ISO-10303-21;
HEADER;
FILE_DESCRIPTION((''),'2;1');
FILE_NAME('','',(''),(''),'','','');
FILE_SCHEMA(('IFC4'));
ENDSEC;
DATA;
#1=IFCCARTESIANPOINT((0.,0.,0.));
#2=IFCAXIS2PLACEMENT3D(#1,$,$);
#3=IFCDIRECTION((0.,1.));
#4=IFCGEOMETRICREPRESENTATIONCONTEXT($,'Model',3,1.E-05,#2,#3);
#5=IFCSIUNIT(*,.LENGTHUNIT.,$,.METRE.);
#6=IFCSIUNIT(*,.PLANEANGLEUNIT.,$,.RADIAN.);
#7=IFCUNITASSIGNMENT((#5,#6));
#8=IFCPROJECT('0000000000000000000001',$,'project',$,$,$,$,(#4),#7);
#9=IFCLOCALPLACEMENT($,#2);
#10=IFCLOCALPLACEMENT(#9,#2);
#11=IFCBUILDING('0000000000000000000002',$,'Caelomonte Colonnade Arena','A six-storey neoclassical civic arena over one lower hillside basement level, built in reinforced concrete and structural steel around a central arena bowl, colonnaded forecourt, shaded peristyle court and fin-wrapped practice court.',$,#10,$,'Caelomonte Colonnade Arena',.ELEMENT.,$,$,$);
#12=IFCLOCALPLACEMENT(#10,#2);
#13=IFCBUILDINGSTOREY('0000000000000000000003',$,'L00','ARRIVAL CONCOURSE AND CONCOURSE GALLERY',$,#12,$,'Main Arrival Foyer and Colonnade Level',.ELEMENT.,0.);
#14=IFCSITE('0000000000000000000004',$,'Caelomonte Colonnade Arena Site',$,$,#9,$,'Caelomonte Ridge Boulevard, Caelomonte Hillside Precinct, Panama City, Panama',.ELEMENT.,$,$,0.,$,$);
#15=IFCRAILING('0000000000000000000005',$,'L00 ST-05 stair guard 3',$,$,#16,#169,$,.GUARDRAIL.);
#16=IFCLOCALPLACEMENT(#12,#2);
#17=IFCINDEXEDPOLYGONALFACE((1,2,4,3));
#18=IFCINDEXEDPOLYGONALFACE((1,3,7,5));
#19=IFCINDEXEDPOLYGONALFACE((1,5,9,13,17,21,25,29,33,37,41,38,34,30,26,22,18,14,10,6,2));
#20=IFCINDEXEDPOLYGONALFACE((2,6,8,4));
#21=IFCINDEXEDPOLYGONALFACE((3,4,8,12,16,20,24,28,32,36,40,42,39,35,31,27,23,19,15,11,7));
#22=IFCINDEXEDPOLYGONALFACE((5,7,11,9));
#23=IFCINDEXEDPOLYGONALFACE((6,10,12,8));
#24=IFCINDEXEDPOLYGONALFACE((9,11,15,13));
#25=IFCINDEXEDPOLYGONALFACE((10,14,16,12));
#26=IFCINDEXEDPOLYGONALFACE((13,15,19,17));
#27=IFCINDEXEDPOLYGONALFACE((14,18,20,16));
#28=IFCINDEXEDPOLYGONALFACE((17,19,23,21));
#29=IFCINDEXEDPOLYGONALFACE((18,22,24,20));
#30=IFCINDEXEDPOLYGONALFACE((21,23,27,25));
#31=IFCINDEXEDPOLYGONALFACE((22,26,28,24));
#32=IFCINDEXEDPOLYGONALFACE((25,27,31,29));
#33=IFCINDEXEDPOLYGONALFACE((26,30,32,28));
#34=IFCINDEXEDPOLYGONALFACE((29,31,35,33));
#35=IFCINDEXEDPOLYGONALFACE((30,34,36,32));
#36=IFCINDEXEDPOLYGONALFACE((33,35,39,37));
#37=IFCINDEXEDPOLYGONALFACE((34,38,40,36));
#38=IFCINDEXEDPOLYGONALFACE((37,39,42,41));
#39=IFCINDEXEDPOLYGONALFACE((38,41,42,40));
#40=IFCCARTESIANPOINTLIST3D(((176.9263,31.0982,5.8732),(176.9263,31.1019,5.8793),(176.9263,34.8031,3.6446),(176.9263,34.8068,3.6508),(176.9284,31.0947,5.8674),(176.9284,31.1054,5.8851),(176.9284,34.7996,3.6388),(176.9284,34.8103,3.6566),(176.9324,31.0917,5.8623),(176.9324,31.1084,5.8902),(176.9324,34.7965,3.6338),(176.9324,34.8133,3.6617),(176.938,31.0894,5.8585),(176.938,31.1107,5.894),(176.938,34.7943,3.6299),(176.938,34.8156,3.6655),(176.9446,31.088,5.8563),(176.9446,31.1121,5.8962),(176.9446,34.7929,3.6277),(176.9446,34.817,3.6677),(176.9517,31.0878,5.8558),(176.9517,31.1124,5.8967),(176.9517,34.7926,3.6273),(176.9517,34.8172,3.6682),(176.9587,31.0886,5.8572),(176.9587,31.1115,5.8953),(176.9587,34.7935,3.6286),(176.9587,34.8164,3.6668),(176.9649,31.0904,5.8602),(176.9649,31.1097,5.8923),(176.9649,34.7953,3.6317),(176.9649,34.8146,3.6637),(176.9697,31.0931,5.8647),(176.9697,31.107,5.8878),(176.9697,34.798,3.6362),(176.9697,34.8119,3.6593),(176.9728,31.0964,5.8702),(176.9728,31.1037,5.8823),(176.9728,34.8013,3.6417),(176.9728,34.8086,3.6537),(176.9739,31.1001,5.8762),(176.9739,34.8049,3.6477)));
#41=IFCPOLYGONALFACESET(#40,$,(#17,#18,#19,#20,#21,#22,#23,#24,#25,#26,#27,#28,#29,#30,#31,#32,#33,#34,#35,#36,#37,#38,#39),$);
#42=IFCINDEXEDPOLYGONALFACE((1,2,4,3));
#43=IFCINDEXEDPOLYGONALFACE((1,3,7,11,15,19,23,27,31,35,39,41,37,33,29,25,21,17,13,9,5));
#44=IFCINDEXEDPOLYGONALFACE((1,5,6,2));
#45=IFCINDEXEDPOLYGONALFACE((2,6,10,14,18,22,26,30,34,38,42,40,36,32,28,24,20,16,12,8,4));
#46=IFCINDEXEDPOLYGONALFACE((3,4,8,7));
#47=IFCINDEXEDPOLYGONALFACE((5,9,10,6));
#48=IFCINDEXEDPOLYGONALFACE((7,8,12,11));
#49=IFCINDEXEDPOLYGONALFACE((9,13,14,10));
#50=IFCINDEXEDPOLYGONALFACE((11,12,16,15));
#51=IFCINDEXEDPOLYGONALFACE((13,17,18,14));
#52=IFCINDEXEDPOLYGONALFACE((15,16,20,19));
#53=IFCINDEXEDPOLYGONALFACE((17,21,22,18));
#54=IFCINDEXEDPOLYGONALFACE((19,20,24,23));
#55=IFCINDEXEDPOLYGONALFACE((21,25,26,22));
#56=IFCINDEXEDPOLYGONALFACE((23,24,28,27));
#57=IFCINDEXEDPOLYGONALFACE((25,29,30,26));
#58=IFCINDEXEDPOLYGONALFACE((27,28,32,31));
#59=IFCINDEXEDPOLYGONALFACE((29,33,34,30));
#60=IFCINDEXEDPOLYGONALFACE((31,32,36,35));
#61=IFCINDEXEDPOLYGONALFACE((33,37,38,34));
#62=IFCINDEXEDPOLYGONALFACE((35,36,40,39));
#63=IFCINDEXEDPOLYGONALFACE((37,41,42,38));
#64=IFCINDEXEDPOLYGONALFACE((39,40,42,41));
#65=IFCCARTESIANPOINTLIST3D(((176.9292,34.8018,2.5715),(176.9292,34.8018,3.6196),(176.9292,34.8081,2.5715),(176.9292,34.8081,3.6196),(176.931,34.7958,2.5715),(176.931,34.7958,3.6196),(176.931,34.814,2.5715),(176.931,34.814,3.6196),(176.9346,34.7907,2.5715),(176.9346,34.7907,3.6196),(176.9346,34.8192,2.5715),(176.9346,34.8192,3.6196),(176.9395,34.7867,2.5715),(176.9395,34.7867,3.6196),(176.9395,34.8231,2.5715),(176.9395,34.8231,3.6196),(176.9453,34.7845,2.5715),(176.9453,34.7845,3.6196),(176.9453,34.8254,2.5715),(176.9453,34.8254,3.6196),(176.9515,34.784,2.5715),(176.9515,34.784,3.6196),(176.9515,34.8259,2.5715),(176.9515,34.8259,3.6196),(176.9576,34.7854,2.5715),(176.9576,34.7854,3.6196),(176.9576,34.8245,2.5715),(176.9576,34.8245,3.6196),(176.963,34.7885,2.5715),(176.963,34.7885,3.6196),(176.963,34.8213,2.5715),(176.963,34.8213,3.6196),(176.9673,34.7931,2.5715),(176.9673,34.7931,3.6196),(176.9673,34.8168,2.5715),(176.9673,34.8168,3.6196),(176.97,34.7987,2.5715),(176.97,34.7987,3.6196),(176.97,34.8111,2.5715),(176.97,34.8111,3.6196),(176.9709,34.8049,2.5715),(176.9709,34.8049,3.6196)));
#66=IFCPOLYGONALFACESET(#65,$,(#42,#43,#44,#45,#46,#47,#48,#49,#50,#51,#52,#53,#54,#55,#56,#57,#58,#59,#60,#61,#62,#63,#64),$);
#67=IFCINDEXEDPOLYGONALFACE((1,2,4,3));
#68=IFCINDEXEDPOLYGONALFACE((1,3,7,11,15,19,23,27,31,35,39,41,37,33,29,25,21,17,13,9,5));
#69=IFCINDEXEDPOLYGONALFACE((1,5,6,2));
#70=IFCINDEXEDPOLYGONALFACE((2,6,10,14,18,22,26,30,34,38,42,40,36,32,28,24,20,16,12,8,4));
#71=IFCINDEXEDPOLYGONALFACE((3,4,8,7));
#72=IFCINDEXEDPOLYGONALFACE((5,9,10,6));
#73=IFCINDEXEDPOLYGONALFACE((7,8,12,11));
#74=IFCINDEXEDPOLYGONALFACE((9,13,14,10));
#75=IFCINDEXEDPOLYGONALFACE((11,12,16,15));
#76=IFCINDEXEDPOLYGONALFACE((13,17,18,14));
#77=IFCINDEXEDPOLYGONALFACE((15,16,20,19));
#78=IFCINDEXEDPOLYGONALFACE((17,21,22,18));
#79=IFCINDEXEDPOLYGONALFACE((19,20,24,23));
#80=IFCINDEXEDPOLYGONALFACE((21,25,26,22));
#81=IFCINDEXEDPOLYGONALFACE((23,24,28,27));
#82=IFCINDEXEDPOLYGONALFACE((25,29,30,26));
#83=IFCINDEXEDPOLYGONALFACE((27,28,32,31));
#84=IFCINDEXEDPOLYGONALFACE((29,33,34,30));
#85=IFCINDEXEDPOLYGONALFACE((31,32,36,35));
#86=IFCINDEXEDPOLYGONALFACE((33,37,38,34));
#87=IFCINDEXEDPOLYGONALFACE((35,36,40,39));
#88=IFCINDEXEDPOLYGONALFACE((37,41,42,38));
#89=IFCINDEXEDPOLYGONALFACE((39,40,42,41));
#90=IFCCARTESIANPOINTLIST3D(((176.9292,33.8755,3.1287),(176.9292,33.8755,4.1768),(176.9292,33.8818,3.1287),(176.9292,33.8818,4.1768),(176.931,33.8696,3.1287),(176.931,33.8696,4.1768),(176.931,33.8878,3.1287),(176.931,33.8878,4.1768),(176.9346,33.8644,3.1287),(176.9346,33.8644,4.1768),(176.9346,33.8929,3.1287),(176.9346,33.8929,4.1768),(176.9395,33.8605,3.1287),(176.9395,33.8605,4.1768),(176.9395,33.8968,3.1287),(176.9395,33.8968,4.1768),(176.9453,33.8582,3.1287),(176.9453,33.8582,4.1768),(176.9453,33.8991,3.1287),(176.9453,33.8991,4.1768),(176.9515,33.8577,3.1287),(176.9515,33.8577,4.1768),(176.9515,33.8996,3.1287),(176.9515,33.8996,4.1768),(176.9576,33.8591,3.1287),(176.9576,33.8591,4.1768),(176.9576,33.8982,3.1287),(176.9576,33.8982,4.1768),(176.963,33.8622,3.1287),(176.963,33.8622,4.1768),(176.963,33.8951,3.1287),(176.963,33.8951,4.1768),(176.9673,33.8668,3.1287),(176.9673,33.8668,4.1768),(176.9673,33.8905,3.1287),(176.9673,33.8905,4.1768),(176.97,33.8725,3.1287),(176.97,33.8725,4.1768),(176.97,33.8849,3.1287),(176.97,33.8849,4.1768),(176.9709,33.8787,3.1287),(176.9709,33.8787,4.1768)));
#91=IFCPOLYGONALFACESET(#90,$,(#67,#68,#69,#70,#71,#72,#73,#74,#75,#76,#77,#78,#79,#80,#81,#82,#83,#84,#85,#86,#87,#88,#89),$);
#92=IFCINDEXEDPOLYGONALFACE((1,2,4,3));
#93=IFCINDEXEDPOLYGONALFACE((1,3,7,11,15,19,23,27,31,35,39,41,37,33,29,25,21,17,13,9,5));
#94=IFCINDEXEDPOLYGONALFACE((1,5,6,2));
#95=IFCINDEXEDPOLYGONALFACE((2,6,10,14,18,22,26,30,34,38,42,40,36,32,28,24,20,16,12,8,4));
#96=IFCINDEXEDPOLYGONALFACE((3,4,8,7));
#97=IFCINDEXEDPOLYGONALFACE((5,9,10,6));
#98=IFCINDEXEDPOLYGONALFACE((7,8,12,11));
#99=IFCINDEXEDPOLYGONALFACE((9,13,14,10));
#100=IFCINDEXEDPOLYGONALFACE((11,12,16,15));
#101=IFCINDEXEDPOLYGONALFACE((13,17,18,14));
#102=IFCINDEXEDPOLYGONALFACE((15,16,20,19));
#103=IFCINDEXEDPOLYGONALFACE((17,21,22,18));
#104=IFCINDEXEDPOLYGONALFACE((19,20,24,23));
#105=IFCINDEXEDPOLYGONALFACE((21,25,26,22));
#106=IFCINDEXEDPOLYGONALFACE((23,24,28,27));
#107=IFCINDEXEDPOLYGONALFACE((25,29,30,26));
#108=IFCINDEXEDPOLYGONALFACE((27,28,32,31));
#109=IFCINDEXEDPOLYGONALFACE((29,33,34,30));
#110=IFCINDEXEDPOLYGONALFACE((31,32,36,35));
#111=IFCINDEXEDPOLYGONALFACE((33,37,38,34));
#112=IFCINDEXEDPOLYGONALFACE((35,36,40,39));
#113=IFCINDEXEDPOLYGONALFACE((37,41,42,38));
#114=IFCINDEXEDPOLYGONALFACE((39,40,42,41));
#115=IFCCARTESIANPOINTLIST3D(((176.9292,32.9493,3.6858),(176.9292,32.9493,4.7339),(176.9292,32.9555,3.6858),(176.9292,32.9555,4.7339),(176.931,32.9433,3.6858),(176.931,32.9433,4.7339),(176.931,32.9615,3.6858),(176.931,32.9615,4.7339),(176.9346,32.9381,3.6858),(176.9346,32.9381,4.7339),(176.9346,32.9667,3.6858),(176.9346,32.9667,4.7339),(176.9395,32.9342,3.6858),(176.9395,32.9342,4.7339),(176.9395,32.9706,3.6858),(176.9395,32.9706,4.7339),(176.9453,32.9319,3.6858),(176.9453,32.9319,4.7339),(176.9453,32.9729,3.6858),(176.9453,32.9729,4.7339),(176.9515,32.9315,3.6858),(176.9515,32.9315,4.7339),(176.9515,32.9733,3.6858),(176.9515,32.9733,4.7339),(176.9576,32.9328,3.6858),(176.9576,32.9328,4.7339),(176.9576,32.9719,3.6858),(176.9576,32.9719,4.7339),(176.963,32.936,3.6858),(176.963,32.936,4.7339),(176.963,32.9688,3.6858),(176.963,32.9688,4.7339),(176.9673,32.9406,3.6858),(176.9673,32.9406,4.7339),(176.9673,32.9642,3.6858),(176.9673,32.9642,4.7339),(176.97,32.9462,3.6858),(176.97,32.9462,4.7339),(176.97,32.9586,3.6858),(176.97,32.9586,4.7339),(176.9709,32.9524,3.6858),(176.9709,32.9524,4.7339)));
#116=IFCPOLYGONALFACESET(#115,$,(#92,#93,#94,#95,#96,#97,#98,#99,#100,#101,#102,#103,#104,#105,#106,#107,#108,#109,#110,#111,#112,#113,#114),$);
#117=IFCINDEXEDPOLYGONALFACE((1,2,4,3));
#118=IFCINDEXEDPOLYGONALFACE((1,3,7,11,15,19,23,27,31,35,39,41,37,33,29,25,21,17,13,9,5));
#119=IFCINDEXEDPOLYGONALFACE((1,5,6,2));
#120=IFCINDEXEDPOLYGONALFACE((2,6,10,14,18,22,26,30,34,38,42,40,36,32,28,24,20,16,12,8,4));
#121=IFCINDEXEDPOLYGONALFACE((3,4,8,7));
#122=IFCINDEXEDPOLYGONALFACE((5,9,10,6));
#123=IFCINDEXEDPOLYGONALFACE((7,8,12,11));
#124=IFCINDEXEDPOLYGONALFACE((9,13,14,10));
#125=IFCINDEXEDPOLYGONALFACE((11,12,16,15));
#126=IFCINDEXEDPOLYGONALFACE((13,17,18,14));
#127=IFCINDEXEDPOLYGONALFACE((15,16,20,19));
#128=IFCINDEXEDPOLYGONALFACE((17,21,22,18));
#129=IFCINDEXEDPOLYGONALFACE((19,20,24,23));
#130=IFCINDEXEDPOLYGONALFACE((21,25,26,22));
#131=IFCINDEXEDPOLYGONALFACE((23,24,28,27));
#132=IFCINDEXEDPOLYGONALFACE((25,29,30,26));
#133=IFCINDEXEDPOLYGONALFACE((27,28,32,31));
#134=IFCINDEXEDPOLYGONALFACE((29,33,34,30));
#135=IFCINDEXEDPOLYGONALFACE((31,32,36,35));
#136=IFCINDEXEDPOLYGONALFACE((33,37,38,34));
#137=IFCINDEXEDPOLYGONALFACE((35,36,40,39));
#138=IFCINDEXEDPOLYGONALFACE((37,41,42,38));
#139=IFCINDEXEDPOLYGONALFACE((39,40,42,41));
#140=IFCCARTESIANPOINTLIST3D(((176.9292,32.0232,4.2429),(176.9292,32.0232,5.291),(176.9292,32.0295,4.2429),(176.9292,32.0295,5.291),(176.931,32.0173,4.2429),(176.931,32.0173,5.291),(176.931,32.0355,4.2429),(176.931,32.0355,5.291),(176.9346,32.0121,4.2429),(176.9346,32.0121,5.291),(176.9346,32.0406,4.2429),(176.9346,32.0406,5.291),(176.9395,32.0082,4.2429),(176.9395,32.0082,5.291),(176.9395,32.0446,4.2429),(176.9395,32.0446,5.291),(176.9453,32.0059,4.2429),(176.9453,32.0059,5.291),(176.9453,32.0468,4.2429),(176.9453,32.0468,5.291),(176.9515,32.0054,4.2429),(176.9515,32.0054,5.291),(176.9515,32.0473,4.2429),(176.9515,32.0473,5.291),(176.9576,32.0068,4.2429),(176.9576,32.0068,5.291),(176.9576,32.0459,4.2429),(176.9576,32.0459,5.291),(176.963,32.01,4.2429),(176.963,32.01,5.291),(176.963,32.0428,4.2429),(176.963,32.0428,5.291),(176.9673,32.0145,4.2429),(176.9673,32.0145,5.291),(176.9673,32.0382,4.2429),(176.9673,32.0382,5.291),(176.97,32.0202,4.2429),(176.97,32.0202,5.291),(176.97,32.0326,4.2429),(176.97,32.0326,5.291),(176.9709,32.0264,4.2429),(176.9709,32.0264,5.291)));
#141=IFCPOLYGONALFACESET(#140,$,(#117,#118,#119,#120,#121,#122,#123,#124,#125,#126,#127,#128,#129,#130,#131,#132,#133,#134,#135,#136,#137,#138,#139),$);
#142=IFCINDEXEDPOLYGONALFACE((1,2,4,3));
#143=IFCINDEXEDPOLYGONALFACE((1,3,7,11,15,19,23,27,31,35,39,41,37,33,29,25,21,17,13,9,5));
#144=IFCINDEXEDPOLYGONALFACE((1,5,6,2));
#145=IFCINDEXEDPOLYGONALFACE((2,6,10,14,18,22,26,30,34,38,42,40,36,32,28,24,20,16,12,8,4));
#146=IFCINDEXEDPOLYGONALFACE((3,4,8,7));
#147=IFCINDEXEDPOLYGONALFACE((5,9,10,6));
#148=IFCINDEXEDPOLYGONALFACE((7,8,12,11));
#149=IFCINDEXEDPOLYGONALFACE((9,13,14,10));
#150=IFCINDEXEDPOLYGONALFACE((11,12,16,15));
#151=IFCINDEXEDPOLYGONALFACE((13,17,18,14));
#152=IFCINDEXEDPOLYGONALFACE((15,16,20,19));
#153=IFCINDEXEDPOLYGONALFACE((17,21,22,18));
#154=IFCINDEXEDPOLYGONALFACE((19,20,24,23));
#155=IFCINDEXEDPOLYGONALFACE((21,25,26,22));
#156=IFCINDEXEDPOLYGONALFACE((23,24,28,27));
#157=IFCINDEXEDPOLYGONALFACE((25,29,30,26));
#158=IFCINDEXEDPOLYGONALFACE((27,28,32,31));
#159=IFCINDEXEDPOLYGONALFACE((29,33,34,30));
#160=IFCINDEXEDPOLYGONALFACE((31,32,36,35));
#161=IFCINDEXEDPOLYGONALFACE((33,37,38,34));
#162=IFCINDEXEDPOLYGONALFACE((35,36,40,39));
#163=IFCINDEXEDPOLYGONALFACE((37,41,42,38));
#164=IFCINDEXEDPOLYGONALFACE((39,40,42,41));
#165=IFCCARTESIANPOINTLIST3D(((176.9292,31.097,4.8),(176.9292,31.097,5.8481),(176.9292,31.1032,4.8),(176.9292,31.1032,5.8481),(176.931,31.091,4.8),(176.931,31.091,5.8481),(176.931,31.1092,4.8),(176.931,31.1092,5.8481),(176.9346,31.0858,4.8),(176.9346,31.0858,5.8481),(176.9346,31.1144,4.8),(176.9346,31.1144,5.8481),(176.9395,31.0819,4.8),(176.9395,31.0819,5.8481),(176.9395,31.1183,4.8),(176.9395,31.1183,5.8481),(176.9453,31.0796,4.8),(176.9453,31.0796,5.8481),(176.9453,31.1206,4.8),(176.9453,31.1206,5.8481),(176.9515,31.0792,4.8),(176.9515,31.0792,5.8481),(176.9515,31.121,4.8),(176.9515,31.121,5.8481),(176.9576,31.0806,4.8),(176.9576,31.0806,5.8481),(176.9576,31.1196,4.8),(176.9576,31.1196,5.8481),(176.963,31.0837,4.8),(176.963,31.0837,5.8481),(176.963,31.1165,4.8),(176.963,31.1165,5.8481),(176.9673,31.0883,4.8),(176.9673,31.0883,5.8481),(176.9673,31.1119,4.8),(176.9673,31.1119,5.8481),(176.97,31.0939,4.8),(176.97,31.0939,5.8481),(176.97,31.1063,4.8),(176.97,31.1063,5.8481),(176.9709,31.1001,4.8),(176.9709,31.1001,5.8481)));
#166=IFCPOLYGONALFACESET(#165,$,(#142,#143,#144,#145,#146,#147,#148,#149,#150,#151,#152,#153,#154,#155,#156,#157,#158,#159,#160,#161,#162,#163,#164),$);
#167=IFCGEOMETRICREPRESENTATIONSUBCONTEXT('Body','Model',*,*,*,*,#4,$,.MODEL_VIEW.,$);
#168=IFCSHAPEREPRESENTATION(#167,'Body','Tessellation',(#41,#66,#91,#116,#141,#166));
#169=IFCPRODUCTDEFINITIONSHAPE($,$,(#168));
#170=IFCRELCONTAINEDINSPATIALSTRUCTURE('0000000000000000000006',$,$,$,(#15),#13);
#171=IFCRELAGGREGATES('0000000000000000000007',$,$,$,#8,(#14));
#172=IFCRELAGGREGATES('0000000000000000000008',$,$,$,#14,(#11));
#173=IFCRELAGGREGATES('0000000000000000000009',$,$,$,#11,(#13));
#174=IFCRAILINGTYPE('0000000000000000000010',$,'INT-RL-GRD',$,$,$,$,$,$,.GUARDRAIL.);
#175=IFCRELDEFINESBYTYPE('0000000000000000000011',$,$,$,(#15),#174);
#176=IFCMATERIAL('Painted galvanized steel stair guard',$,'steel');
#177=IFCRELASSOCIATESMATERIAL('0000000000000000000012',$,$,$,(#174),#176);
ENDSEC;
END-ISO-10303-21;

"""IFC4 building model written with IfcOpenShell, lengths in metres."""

from ifc_helpers import new_model, si_unit, direction, frame, origin, origin_2d, place, context, subcontext, project, spatial, circle, extrude, material, type_object, element, save


model = new_model("IFC4")

# Units and contexts
model_context = context("Model", 3, precision=1e-05, world=origin(), true_north=direction((0.0, 1.0)))
body_context = subcontext(model_context, "Body", "Model", "MODEL_VIEW")
ifc_project = project(units=[si_unit("LENGTHUNIT", "METRE"), si_unit("PLANEANGLEUNIT", "RADIAN")], contexts=[model_context])

# Site, building, storey
site_placement = place(None, origin())
site = spatial("IfcSite", under=ifc_project, at=site_placement, Name="Caelomonte Colonnade Arena Site", LongName="Caelomonte Ridge Boulevard, Caelomonte Hillside Precinct, Panama City, Panama", CompositionType="ELEMENT", RefElevation=0.0)
building_placement = place(site_placement, origin())
building = spatial("IfcBuilding", under=site, at=building_placement, Name="Caelomonte Colonnade Arena", Description="A six-storey neoclassical civic arena over one lower hillside basement level, built in reinforced concrete and structural steel around a central arena bowl, colonnaded forecourt, shaded peristyle court and fin-wrapped practice court.", LongName="Caelomonte Colonnade Arena", CompositionType="ELEMENT")
storey_placement = place(building_placement, origin())
storey = spatial("IfcBuildingStorey", under=building, at=storey_placement, Name="L00", Description="ARRIVAL CONCOURSE AND CONCOURSE GALLERY", LongName="Main Arrival Foyer and Colonnade Level", CompositionType="ELEMENT", Elevation=0.0)

# Railing
ifc_material_1 = material(Name="Painted galvanized steel stair guard", Category="steel")
railing_type_1 = type_object("IfcRailingType", Name="INT-RL-GRD", PredefinedType="GUARDRAIL", material=ifc_material_1)
railing_1_placement = place(storey_placement, frame((176.95, 34.8049, 2.5715)))
element("IfcRailing", 1, at=railing_1_placement, inside=storey, type_object=railing_type_1, Name="L00 ST-05 stair guard 3", PredefinedType="GUARDRAIL", context=body_context, shape_type="SweptSolid", body=[
    extrude(circle(Radius=0.0239, at=origin_2d()), frame((0.0, 0.0, 1.0762), z_axis=(0.0, -0.856919, 0.51545), x_axis=(1.0, 0.0, 0.0)), (0.0, 0.0, 1.0), 4.3235),
    extrude(circle(Radius=0.021, at=origin_2d()), origin(), (0.0, 0.0, 1.0), 1.0481),
    extrude(circle(Radius=0.021, at=origin_2d()), frame((0.0, -0.9263, 0.5571)), (0.0, 0.0, 1.0), 1.0481),
    extrude(circle(Radius=0.021, at=origin_2d()), frame((0.0, -1.8525, 1.1143)), (0.0, 0.0, 1.0), 1.0481),
    extrude(circle(Radius=0.021, at=origin_2d()), frame((0.0, -2.7786, 1.6714)), (0.0, 0.0, 1.0), 1.0481),
    extrude(circle(Radius=0.021, at=origin_2d()), frame((0.0, -3.7048, 2.2285)), (0.0, 0.0, 1.0), 1.0481),
])

save(model, "model.ifc")
